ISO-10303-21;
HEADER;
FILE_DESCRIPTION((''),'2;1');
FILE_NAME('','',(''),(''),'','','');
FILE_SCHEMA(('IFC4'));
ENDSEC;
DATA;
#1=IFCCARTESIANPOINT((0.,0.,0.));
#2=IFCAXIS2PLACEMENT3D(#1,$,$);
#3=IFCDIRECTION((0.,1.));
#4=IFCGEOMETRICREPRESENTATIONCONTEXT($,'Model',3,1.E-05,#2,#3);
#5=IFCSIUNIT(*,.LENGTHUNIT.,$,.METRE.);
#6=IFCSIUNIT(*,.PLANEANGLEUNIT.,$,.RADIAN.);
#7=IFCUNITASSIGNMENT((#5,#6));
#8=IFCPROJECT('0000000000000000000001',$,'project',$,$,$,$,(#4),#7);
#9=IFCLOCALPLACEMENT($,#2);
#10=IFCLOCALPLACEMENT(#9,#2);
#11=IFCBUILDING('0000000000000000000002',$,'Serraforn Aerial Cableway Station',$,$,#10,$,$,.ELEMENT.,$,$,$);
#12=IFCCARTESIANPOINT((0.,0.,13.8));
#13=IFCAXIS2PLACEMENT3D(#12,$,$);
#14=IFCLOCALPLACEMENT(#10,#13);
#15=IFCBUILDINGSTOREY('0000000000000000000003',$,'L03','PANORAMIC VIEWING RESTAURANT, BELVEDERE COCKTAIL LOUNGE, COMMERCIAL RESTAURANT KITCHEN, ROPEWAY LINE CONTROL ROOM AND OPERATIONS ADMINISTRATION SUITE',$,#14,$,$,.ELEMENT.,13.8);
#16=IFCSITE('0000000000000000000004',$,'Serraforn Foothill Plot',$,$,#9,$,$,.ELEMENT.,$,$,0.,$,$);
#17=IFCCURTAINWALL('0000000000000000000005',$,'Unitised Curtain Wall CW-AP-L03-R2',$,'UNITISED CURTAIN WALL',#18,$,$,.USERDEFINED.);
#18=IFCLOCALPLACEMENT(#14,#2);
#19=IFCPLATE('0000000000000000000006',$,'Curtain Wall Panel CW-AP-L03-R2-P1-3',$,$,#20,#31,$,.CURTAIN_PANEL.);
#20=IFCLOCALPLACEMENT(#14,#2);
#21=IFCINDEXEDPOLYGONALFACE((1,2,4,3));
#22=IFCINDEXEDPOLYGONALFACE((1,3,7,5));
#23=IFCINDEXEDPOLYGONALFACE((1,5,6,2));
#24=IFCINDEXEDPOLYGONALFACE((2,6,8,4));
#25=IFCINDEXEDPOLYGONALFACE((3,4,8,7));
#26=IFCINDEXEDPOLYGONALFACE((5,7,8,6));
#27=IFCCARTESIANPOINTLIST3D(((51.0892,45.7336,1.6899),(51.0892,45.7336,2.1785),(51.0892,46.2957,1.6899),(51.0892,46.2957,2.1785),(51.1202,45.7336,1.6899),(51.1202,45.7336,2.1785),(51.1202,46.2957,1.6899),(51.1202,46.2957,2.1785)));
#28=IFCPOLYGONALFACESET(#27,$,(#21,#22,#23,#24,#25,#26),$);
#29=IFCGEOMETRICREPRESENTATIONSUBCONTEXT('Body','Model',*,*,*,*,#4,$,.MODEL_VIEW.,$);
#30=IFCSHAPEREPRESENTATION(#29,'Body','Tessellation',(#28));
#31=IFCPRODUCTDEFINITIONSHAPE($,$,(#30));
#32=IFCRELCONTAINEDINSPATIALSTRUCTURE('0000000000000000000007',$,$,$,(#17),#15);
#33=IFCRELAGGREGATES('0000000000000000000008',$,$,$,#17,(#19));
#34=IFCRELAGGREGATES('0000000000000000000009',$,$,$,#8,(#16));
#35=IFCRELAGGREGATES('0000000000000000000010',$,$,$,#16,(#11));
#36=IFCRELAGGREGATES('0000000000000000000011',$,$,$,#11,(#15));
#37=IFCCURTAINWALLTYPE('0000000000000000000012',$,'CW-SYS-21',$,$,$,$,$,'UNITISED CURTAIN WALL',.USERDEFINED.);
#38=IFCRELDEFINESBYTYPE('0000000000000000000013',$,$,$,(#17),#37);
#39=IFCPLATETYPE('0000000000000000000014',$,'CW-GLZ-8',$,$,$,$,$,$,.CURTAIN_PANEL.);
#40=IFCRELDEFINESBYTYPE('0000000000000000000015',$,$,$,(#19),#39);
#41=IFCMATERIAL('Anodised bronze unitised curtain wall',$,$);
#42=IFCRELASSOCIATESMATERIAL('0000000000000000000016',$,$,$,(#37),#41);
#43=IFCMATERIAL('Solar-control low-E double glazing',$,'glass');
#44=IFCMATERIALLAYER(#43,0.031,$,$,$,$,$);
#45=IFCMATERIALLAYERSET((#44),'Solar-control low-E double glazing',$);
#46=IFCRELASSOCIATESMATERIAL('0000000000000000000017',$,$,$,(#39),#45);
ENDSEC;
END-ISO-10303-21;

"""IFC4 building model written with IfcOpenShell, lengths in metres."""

from ifc_helpers import new_model, si_unit, direction, frame, origin, origin_2d, place, context, subcontext, project, spatial, rectangle, extrude, material, layer, layer_set, type_object, element, aggregate, save


model = new_model("IFC4")

# Units and contexts
model_context = context("Model", 3, precision=1e-05, world=origin(), true_north=direction((0.0, 1.0)))
body_context = subcontext(model_context, "Body", "Model", "MODEL_VIEW")
ifc_project = project(units=[si_unit("LENGTHUNIT", "METRE"), si_unit("PLANEANGLEUNIT", "RADIAN")], contexts=[model_context])

# Site, building, storey
site_placement = place(None, origin())
site = spatial("IfcSite", under=ifc_project, at=site_placement, Name="Serraforn Foothill Plot", CompositionType="ELEMENT", RefElevation=0.0)
building_placement = place(site_placement, origin())
building = spatial("IfcBuilding", under=site, at=building_placement, Name="Serraforn Aerial Cableway Station", CompositionType="ELEMENT")
storey_placement = place(building_placement, frame((0.0, 0.0, 13.8)))
storey = spatial("IfcBuildingStorey", under=building, at=storey_placement, Name="L03", Description="PANORAMIC VIEWING RESTAURANT, BELVEDERE COCKTAIL LOUNGE, COMMERCIAL RESTAURANT KITCHEN, ROPEWAY LINE CONTROL ROOM AND OPERATIONS ADMINISTRATION SUITE", CompositionType="ELEMENT", Elevation=13.8)

# Shared definitions
ifc_material_1 = material(Name="Anodised bronze unitised curtain wall")

# Curtain wall
curtain_wall_type_1 = type_object("IfcCurtainWallType", Name="CW-SYS-21", ElementType="UNITISED CURTAIN WALL", PredefinedType="USERDEFINED", material=ifc_material_1)
curtain_wall_1_placement = place(storey_placement, origin())
curtain_wall_1 = element("IfcCurtainWall", 1, at=curtain_wall_1_placement, inside=storey, type_object=curtain_wall_type_1, Name="Unitised Curtain Wall CW-AP-L03-R2", ObjectType="UNITISED CURTAIN WALL", PredefinedType="USERDEFINED")

# Plate
ifc_material_2 = material(Name="Solar-control low-E double glazing", Category="glass")
ifc_layer_1 = layer(ifc_material_2, 0.031)
ifc_layer_set_1 = layer_set([ifc_layer_1], Name="Solar-control low-E double glazing")
plate_type_1 = type_object("IfcPlateType", Name="CW-GLZ-8", PredefinedType="CURTAIN_PANEL", material=ifc_layer_set_1)
plate_1_placement = place(storey_placement, frame((51.1047, 46.0146, 1.6899), z_axis=(0.0, 0.0, 1.0), x_axis=(1.0, 0.0, 0.0)))
plate_1 = element("IfcPlate", 2, at=plate_1_placement, type_object=plate_type_1, Name="Curtain Wall Panel CW-AP-L03-R2-P1-3", PredefinedType="CURTAIN_PANEL", context=body_context, shape_type="SweptSolid", body=[
    extrude(rectangle(XDim=0.031, YDim=0.562, at=origin_2d()), origin(), (0.0, 0.0, 1.0), 0.4885),
])
aggregate(curtain_wall_1, [plate_1])

save(model, "model.ifc")
